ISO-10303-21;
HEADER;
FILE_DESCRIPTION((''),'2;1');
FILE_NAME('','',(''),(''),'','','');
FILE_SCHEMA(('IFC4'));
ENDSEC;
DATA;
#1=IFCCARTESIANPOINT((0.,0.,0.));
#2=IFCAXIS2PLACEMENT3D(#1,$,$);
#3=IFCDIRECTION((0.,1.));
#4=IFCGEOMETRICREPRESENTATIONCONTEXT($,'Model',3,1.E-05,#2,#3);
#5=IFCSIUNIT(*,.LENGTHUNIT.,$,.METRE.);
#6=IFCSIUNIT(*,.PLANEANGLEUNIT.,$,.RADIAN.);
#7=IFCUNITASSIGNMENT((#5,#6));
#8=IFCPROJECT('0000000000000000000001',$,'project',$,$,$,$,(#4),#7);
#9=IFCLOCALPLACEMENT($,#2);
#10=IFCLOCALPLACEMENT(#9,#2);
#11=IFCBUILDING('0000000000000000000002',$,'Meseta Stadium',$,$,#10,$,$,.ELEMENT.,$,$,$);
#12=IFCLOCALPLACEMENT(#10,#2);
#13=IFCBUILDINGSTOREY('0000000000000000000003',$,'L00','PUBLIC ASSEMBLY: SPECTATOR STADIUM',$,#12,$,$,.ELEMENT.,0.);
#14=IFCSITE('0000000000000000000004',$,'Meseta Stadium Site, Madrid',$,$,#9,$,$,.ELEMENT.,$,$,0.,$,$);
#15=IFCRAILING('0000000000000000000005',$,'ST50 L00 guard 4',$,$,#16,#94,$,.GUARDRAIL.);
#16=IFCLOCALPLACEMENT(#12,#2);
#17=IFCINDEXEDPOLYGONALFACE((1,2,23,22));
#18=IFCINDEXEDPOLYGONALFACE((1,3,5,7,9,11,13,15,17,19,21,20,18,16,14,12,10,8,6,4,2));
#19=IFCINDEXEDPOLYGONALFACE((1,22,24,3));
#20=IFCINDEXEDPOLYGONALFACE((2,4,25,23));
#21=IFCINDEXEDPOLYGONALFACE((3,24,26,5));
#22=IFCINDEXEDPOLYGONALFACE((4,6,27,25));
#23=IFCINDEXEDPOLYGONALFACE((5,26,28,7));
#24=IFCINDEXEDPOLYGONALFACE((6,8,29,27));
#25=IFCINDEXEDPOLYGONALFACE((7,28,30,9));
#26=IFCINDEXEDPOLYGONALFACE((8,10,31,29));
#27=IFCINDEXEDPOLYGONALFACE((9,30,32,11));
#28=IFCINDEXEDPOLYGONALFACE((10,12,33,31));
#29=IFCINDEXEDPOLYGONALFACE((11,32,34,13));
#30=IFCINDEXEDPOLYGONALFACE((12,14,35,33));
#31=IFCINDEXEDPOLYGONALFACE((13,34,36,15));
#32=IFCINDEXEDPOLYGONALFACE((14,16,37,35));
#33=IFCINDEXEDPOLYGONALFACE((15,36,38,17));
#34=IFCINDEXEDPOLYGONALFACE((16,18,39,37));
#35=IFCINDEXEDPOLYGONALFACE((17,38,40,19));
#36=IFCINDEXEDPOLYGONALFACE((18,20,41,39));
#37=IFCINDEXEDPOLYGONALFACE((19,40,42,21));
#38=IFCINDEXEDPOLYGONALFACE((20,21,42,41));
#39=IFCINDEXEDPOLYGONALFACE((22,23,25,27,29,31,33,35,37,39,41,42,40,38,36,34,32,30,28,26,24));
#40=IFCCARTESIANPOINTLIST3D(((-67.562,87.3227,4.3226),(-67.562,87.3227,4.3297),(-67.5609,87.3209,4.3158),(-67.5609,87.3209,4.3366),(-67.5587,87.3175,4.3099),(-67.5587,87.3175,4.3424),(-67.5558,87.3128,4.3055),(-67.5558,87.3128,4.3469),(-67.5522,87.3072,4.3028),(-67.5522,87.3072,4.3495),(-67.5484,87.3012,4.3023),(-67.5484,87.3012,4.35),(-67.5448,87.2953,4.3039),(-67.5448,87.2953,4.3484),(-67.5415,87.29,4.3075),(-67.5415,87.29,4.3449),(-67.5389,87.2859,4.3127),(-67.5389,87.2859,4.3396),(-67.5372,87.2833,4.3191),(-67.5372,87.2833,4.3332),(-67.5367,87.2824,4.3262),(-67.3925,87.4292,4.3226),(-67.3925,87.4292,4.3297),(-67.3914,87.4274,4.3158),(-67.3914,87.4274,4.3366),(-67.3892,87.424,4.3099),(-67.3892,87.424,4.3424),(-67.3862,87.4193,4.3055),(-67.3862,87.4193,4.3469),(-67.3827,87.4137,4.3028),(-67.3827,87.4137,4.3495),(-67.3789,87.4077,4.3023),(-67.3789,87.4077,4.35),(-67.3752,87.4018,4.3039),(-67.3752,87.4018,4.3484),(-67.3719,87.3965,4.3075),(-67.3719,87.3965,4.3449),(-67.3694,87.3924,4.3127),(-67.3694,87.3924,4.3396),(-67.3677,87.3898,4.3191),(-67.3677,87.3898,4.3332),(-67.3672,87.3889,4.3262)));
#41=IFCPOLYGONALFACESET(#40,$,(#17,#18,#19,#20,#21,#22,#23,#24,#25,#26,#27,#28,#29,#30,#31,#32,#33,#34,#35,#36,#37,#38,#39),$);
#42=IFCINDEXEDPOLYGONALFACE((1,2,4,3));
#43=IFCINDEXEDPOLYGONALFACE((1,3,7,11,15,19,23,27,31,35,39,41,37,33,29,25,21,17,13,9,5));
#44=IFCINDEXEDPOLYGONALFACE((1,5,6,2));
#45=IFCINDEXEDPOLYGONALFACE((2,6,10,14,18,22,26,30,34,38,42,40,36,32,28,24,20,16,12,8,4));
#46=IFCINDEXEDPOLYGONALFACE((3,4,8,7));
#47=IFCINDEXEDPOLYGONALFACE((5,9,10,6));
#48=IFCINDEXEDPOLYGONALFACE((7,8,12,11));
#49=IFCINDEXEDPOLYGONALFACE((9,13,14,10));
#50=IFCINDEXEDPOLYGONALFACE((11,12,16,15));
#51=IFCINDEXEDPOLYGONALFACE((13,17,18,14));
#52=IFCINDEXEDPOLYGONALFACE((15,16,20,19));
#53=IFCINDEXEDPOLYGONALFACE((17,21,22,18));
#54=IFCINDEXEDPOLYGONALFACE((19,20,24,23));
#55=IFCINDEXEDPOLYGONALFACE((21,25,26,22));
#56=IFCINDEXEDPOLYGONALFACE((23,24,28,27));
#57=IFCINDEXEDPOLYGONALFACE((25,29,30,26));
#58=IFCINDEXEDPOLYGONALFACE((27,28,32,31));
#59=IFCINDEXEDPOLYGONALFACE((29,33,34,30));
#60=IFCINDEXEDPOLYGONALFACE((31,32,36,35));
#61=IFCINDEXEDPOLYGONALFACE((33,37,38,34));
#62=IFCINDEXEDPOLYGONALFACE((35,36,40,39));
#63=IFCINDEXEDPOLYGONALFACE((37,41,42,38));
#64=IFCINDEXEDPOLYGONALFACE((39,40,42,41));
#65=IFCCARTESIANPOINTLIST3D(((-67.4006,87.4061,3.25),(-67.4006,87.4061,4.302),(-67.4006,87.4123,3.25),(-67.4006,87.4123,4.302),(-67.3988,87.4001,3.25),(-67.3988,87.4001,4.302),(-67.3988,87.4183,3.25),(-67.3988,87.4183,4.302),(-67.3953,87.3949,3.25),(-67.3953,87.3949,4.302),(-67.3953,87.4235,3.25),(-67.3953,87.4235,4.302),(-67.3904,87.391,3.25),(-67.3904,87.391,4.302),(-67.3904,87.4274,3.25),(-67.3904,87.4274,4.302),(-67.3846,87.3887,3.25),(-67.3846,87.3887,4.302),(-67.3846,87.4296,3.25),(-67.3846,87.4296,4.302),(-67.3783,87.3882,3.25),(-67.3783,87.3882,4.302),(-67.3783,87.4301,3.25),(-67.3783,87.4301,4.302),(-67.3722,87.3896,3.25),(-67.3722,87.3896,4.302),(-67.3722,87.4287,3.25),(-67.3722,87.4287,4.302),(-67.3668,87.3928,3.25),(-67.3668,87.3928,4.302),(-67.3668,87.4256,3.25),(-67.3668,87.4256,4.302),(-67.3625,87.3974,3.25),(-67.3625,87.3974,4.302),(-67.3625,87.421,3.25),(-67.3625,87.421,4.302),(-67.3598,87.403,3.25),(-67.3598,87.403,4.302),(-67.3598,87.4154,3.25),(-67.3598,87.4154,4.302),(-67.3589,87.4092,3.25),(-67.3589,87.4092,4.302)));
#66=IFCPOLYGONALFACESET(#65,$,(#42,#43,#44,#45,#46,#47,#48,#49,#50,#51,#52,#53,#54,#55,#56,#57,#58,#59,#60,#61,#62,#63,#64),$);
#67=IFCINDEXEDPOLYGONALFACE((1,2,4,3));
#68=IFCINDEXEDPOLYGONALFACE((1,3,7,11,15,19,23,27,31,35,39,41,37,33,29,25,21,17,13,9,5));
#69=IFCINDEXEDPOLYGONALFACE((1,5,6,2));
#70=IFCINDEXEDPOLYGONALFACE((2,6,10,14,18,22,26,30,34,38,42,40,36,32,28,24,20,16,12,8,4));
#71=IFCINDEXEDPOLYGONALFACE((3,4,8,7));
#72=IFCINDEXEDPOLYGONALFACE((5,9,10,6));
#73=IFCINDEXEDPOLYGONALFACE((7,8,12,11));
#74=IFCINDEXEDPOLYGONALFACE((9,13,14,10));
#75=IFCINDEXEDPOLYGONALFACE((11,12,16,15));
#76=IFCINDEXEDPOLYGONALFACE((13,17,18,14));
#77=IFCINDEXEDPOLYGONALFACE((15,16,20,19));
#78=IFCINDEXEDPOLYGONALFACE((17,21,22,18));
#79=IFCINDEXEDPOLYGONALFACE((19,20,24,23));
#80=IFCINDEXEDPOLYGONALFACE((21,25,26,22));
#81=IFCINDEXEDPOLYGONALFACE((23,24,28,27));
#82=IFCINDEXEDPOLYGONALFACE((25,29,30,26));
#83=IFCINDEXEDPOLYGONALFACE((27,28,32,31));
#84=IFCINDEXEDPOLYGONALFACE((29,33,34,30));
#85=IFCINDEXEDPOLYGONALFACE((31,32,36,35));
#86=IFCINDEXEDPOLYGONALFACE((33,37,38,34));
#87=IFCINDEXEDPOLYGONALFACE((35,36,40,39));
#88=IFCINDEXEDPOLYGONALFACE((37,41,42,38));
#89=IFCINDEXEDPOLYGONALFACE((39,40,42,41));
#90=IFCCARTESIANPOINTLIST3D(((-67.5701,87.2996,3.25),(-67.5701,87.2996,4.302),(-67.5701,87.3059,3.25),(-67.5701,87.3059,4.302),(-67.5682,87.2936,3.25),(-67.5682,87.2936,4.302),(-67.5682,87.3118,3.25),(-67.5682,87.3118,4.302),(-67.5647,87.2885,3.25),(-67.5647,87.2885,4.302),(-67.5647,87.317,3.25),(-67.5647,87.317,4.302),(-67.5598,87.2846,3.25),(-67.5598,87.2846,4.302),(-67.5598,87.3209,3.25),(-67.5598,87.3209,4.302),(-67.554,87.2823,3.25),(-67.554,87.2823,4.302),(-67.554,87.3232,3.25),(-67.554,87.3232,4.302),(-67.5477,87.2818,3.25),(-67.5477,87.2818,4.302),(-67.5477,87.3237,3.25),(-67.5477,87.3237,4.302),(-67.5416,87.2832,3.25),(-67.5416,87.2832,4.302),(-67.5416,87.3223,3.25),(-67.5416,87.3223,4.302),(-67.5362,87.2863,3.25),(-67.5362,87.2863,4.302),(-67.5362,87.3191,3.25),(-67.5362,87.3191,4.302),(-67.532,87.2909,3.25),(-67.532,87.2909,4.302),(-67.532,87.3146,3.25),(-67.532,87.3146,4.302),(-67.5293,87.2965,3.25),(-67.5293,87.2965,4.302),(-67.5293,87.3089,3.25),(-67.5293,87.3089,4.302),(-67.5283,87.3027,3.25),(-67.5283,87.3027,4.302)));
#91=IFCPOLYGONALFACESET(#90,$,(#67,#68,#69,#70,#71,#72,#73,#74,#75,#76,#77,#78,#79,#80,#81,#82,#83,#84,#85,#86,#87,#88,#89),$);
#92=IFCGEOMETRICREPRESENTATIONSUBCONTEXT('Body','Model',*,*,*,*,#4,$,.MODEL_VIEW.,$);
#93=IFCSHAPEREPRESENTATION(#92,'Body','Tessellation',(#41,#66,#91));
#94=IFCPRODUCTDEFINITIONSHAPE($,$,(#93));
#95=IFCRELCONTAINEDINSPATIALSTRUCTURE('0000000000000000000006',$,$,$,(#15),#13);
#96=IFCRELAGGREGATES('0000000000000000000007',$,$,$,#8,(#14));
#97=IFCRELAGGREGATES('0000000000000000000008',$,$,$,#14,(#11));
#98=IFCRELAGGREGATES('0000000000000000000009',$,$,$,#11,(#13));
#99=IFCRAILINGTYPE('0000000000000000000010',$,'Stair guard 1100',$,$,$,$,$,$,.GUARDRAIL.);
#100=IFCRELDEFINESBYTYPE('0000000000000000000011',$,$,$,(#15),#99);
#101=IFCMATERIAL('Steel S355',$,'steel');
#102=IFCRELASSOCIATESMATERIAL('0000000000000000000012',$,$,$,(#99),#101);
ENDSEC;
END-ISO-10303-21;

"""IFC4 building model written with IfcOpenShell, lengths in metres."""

from ifc_helpers import new_model, si_unit, direction, frame, origin, origin_2d, place, context, subcontext, project, spatial, circle, extrude, material, type_object, element, save


model = new_model("IFC4")

# Units and contexts
model_context = context("Model", 3, precision=1e-05, world=origin(), true_north=direction((0.0, 1.0)))
body_context = subcontext(model_context, "Body", "Model", "MODEL_VIEW")
ifc_project = project(units=[si_unit("LENGTHUNIT", "METRE"), si_unit("PLANEANGLEUNIT", "RADIAN")], contexts=[model_context])

# Site, building, storey
site_placement = place(None, origin())
site = spatial("IfcSite", under=ifc_project, at=site_placement, Name="Meseta Stadium Site, Madrid", CompositionType="ELEMENT", RefElevation=0.0)
building_placement = place(site_placement, origin())
building = spatial("IfcBuilding", under=site, at=building_placement, Name="Meseta Stadium", CompositionType="ELEMENT")
storey_placement = place(building_placement, origin())
storey = spatial("IfcBuildingStorey", under=building, at=storey_placement, Name="L00", Description="PUBLIC ASSEMBLY: SPECTATOR STADIUM", CompositionType="ELEMENT", Elevation=0.0)

# Railing
ifc_material_1 = material(Name="Steel S355", Category="steel")
railing_type_1 = type_object("IfcRailingType", Name="Stair guard 1100", PredefinedType="GUARDRAIL", material=ifc_material_1)
railing_1_placement = place(storey_placement, frame((-67.3799, 87.4092, 3.25)))
element("IfcRailing", 1, at=railing_1_placement, inside=storey, type_object=railing_type_1, Name="ST50 L00 guard 4", PredefinedType="GUARDRAIL", context=body_context, shape_type="SweptSolid", body=[
    extrude(circle(Radius=0.0239, at=origin_2d()), frame((0.0, 0.0, 1.0762), z_axis=(-0.846762, -0.531972, 0.0), x_axis=(0.531972, -0.846762, 0.0)), (0.0, 0.0, 1.0), 0.2002),
    extrude(circle(Radius=0.021, at=origin_2d()), origin(), (0.0, 0.0, 1.0), 1.052),
    extrude(circle(Radius=0.021, at=origin_2d()), frame((-0.1694, -0.1064, 0.0)), (0.0, 0.0, 1.0), 1.052),
])

save(model, "model.ifc")
